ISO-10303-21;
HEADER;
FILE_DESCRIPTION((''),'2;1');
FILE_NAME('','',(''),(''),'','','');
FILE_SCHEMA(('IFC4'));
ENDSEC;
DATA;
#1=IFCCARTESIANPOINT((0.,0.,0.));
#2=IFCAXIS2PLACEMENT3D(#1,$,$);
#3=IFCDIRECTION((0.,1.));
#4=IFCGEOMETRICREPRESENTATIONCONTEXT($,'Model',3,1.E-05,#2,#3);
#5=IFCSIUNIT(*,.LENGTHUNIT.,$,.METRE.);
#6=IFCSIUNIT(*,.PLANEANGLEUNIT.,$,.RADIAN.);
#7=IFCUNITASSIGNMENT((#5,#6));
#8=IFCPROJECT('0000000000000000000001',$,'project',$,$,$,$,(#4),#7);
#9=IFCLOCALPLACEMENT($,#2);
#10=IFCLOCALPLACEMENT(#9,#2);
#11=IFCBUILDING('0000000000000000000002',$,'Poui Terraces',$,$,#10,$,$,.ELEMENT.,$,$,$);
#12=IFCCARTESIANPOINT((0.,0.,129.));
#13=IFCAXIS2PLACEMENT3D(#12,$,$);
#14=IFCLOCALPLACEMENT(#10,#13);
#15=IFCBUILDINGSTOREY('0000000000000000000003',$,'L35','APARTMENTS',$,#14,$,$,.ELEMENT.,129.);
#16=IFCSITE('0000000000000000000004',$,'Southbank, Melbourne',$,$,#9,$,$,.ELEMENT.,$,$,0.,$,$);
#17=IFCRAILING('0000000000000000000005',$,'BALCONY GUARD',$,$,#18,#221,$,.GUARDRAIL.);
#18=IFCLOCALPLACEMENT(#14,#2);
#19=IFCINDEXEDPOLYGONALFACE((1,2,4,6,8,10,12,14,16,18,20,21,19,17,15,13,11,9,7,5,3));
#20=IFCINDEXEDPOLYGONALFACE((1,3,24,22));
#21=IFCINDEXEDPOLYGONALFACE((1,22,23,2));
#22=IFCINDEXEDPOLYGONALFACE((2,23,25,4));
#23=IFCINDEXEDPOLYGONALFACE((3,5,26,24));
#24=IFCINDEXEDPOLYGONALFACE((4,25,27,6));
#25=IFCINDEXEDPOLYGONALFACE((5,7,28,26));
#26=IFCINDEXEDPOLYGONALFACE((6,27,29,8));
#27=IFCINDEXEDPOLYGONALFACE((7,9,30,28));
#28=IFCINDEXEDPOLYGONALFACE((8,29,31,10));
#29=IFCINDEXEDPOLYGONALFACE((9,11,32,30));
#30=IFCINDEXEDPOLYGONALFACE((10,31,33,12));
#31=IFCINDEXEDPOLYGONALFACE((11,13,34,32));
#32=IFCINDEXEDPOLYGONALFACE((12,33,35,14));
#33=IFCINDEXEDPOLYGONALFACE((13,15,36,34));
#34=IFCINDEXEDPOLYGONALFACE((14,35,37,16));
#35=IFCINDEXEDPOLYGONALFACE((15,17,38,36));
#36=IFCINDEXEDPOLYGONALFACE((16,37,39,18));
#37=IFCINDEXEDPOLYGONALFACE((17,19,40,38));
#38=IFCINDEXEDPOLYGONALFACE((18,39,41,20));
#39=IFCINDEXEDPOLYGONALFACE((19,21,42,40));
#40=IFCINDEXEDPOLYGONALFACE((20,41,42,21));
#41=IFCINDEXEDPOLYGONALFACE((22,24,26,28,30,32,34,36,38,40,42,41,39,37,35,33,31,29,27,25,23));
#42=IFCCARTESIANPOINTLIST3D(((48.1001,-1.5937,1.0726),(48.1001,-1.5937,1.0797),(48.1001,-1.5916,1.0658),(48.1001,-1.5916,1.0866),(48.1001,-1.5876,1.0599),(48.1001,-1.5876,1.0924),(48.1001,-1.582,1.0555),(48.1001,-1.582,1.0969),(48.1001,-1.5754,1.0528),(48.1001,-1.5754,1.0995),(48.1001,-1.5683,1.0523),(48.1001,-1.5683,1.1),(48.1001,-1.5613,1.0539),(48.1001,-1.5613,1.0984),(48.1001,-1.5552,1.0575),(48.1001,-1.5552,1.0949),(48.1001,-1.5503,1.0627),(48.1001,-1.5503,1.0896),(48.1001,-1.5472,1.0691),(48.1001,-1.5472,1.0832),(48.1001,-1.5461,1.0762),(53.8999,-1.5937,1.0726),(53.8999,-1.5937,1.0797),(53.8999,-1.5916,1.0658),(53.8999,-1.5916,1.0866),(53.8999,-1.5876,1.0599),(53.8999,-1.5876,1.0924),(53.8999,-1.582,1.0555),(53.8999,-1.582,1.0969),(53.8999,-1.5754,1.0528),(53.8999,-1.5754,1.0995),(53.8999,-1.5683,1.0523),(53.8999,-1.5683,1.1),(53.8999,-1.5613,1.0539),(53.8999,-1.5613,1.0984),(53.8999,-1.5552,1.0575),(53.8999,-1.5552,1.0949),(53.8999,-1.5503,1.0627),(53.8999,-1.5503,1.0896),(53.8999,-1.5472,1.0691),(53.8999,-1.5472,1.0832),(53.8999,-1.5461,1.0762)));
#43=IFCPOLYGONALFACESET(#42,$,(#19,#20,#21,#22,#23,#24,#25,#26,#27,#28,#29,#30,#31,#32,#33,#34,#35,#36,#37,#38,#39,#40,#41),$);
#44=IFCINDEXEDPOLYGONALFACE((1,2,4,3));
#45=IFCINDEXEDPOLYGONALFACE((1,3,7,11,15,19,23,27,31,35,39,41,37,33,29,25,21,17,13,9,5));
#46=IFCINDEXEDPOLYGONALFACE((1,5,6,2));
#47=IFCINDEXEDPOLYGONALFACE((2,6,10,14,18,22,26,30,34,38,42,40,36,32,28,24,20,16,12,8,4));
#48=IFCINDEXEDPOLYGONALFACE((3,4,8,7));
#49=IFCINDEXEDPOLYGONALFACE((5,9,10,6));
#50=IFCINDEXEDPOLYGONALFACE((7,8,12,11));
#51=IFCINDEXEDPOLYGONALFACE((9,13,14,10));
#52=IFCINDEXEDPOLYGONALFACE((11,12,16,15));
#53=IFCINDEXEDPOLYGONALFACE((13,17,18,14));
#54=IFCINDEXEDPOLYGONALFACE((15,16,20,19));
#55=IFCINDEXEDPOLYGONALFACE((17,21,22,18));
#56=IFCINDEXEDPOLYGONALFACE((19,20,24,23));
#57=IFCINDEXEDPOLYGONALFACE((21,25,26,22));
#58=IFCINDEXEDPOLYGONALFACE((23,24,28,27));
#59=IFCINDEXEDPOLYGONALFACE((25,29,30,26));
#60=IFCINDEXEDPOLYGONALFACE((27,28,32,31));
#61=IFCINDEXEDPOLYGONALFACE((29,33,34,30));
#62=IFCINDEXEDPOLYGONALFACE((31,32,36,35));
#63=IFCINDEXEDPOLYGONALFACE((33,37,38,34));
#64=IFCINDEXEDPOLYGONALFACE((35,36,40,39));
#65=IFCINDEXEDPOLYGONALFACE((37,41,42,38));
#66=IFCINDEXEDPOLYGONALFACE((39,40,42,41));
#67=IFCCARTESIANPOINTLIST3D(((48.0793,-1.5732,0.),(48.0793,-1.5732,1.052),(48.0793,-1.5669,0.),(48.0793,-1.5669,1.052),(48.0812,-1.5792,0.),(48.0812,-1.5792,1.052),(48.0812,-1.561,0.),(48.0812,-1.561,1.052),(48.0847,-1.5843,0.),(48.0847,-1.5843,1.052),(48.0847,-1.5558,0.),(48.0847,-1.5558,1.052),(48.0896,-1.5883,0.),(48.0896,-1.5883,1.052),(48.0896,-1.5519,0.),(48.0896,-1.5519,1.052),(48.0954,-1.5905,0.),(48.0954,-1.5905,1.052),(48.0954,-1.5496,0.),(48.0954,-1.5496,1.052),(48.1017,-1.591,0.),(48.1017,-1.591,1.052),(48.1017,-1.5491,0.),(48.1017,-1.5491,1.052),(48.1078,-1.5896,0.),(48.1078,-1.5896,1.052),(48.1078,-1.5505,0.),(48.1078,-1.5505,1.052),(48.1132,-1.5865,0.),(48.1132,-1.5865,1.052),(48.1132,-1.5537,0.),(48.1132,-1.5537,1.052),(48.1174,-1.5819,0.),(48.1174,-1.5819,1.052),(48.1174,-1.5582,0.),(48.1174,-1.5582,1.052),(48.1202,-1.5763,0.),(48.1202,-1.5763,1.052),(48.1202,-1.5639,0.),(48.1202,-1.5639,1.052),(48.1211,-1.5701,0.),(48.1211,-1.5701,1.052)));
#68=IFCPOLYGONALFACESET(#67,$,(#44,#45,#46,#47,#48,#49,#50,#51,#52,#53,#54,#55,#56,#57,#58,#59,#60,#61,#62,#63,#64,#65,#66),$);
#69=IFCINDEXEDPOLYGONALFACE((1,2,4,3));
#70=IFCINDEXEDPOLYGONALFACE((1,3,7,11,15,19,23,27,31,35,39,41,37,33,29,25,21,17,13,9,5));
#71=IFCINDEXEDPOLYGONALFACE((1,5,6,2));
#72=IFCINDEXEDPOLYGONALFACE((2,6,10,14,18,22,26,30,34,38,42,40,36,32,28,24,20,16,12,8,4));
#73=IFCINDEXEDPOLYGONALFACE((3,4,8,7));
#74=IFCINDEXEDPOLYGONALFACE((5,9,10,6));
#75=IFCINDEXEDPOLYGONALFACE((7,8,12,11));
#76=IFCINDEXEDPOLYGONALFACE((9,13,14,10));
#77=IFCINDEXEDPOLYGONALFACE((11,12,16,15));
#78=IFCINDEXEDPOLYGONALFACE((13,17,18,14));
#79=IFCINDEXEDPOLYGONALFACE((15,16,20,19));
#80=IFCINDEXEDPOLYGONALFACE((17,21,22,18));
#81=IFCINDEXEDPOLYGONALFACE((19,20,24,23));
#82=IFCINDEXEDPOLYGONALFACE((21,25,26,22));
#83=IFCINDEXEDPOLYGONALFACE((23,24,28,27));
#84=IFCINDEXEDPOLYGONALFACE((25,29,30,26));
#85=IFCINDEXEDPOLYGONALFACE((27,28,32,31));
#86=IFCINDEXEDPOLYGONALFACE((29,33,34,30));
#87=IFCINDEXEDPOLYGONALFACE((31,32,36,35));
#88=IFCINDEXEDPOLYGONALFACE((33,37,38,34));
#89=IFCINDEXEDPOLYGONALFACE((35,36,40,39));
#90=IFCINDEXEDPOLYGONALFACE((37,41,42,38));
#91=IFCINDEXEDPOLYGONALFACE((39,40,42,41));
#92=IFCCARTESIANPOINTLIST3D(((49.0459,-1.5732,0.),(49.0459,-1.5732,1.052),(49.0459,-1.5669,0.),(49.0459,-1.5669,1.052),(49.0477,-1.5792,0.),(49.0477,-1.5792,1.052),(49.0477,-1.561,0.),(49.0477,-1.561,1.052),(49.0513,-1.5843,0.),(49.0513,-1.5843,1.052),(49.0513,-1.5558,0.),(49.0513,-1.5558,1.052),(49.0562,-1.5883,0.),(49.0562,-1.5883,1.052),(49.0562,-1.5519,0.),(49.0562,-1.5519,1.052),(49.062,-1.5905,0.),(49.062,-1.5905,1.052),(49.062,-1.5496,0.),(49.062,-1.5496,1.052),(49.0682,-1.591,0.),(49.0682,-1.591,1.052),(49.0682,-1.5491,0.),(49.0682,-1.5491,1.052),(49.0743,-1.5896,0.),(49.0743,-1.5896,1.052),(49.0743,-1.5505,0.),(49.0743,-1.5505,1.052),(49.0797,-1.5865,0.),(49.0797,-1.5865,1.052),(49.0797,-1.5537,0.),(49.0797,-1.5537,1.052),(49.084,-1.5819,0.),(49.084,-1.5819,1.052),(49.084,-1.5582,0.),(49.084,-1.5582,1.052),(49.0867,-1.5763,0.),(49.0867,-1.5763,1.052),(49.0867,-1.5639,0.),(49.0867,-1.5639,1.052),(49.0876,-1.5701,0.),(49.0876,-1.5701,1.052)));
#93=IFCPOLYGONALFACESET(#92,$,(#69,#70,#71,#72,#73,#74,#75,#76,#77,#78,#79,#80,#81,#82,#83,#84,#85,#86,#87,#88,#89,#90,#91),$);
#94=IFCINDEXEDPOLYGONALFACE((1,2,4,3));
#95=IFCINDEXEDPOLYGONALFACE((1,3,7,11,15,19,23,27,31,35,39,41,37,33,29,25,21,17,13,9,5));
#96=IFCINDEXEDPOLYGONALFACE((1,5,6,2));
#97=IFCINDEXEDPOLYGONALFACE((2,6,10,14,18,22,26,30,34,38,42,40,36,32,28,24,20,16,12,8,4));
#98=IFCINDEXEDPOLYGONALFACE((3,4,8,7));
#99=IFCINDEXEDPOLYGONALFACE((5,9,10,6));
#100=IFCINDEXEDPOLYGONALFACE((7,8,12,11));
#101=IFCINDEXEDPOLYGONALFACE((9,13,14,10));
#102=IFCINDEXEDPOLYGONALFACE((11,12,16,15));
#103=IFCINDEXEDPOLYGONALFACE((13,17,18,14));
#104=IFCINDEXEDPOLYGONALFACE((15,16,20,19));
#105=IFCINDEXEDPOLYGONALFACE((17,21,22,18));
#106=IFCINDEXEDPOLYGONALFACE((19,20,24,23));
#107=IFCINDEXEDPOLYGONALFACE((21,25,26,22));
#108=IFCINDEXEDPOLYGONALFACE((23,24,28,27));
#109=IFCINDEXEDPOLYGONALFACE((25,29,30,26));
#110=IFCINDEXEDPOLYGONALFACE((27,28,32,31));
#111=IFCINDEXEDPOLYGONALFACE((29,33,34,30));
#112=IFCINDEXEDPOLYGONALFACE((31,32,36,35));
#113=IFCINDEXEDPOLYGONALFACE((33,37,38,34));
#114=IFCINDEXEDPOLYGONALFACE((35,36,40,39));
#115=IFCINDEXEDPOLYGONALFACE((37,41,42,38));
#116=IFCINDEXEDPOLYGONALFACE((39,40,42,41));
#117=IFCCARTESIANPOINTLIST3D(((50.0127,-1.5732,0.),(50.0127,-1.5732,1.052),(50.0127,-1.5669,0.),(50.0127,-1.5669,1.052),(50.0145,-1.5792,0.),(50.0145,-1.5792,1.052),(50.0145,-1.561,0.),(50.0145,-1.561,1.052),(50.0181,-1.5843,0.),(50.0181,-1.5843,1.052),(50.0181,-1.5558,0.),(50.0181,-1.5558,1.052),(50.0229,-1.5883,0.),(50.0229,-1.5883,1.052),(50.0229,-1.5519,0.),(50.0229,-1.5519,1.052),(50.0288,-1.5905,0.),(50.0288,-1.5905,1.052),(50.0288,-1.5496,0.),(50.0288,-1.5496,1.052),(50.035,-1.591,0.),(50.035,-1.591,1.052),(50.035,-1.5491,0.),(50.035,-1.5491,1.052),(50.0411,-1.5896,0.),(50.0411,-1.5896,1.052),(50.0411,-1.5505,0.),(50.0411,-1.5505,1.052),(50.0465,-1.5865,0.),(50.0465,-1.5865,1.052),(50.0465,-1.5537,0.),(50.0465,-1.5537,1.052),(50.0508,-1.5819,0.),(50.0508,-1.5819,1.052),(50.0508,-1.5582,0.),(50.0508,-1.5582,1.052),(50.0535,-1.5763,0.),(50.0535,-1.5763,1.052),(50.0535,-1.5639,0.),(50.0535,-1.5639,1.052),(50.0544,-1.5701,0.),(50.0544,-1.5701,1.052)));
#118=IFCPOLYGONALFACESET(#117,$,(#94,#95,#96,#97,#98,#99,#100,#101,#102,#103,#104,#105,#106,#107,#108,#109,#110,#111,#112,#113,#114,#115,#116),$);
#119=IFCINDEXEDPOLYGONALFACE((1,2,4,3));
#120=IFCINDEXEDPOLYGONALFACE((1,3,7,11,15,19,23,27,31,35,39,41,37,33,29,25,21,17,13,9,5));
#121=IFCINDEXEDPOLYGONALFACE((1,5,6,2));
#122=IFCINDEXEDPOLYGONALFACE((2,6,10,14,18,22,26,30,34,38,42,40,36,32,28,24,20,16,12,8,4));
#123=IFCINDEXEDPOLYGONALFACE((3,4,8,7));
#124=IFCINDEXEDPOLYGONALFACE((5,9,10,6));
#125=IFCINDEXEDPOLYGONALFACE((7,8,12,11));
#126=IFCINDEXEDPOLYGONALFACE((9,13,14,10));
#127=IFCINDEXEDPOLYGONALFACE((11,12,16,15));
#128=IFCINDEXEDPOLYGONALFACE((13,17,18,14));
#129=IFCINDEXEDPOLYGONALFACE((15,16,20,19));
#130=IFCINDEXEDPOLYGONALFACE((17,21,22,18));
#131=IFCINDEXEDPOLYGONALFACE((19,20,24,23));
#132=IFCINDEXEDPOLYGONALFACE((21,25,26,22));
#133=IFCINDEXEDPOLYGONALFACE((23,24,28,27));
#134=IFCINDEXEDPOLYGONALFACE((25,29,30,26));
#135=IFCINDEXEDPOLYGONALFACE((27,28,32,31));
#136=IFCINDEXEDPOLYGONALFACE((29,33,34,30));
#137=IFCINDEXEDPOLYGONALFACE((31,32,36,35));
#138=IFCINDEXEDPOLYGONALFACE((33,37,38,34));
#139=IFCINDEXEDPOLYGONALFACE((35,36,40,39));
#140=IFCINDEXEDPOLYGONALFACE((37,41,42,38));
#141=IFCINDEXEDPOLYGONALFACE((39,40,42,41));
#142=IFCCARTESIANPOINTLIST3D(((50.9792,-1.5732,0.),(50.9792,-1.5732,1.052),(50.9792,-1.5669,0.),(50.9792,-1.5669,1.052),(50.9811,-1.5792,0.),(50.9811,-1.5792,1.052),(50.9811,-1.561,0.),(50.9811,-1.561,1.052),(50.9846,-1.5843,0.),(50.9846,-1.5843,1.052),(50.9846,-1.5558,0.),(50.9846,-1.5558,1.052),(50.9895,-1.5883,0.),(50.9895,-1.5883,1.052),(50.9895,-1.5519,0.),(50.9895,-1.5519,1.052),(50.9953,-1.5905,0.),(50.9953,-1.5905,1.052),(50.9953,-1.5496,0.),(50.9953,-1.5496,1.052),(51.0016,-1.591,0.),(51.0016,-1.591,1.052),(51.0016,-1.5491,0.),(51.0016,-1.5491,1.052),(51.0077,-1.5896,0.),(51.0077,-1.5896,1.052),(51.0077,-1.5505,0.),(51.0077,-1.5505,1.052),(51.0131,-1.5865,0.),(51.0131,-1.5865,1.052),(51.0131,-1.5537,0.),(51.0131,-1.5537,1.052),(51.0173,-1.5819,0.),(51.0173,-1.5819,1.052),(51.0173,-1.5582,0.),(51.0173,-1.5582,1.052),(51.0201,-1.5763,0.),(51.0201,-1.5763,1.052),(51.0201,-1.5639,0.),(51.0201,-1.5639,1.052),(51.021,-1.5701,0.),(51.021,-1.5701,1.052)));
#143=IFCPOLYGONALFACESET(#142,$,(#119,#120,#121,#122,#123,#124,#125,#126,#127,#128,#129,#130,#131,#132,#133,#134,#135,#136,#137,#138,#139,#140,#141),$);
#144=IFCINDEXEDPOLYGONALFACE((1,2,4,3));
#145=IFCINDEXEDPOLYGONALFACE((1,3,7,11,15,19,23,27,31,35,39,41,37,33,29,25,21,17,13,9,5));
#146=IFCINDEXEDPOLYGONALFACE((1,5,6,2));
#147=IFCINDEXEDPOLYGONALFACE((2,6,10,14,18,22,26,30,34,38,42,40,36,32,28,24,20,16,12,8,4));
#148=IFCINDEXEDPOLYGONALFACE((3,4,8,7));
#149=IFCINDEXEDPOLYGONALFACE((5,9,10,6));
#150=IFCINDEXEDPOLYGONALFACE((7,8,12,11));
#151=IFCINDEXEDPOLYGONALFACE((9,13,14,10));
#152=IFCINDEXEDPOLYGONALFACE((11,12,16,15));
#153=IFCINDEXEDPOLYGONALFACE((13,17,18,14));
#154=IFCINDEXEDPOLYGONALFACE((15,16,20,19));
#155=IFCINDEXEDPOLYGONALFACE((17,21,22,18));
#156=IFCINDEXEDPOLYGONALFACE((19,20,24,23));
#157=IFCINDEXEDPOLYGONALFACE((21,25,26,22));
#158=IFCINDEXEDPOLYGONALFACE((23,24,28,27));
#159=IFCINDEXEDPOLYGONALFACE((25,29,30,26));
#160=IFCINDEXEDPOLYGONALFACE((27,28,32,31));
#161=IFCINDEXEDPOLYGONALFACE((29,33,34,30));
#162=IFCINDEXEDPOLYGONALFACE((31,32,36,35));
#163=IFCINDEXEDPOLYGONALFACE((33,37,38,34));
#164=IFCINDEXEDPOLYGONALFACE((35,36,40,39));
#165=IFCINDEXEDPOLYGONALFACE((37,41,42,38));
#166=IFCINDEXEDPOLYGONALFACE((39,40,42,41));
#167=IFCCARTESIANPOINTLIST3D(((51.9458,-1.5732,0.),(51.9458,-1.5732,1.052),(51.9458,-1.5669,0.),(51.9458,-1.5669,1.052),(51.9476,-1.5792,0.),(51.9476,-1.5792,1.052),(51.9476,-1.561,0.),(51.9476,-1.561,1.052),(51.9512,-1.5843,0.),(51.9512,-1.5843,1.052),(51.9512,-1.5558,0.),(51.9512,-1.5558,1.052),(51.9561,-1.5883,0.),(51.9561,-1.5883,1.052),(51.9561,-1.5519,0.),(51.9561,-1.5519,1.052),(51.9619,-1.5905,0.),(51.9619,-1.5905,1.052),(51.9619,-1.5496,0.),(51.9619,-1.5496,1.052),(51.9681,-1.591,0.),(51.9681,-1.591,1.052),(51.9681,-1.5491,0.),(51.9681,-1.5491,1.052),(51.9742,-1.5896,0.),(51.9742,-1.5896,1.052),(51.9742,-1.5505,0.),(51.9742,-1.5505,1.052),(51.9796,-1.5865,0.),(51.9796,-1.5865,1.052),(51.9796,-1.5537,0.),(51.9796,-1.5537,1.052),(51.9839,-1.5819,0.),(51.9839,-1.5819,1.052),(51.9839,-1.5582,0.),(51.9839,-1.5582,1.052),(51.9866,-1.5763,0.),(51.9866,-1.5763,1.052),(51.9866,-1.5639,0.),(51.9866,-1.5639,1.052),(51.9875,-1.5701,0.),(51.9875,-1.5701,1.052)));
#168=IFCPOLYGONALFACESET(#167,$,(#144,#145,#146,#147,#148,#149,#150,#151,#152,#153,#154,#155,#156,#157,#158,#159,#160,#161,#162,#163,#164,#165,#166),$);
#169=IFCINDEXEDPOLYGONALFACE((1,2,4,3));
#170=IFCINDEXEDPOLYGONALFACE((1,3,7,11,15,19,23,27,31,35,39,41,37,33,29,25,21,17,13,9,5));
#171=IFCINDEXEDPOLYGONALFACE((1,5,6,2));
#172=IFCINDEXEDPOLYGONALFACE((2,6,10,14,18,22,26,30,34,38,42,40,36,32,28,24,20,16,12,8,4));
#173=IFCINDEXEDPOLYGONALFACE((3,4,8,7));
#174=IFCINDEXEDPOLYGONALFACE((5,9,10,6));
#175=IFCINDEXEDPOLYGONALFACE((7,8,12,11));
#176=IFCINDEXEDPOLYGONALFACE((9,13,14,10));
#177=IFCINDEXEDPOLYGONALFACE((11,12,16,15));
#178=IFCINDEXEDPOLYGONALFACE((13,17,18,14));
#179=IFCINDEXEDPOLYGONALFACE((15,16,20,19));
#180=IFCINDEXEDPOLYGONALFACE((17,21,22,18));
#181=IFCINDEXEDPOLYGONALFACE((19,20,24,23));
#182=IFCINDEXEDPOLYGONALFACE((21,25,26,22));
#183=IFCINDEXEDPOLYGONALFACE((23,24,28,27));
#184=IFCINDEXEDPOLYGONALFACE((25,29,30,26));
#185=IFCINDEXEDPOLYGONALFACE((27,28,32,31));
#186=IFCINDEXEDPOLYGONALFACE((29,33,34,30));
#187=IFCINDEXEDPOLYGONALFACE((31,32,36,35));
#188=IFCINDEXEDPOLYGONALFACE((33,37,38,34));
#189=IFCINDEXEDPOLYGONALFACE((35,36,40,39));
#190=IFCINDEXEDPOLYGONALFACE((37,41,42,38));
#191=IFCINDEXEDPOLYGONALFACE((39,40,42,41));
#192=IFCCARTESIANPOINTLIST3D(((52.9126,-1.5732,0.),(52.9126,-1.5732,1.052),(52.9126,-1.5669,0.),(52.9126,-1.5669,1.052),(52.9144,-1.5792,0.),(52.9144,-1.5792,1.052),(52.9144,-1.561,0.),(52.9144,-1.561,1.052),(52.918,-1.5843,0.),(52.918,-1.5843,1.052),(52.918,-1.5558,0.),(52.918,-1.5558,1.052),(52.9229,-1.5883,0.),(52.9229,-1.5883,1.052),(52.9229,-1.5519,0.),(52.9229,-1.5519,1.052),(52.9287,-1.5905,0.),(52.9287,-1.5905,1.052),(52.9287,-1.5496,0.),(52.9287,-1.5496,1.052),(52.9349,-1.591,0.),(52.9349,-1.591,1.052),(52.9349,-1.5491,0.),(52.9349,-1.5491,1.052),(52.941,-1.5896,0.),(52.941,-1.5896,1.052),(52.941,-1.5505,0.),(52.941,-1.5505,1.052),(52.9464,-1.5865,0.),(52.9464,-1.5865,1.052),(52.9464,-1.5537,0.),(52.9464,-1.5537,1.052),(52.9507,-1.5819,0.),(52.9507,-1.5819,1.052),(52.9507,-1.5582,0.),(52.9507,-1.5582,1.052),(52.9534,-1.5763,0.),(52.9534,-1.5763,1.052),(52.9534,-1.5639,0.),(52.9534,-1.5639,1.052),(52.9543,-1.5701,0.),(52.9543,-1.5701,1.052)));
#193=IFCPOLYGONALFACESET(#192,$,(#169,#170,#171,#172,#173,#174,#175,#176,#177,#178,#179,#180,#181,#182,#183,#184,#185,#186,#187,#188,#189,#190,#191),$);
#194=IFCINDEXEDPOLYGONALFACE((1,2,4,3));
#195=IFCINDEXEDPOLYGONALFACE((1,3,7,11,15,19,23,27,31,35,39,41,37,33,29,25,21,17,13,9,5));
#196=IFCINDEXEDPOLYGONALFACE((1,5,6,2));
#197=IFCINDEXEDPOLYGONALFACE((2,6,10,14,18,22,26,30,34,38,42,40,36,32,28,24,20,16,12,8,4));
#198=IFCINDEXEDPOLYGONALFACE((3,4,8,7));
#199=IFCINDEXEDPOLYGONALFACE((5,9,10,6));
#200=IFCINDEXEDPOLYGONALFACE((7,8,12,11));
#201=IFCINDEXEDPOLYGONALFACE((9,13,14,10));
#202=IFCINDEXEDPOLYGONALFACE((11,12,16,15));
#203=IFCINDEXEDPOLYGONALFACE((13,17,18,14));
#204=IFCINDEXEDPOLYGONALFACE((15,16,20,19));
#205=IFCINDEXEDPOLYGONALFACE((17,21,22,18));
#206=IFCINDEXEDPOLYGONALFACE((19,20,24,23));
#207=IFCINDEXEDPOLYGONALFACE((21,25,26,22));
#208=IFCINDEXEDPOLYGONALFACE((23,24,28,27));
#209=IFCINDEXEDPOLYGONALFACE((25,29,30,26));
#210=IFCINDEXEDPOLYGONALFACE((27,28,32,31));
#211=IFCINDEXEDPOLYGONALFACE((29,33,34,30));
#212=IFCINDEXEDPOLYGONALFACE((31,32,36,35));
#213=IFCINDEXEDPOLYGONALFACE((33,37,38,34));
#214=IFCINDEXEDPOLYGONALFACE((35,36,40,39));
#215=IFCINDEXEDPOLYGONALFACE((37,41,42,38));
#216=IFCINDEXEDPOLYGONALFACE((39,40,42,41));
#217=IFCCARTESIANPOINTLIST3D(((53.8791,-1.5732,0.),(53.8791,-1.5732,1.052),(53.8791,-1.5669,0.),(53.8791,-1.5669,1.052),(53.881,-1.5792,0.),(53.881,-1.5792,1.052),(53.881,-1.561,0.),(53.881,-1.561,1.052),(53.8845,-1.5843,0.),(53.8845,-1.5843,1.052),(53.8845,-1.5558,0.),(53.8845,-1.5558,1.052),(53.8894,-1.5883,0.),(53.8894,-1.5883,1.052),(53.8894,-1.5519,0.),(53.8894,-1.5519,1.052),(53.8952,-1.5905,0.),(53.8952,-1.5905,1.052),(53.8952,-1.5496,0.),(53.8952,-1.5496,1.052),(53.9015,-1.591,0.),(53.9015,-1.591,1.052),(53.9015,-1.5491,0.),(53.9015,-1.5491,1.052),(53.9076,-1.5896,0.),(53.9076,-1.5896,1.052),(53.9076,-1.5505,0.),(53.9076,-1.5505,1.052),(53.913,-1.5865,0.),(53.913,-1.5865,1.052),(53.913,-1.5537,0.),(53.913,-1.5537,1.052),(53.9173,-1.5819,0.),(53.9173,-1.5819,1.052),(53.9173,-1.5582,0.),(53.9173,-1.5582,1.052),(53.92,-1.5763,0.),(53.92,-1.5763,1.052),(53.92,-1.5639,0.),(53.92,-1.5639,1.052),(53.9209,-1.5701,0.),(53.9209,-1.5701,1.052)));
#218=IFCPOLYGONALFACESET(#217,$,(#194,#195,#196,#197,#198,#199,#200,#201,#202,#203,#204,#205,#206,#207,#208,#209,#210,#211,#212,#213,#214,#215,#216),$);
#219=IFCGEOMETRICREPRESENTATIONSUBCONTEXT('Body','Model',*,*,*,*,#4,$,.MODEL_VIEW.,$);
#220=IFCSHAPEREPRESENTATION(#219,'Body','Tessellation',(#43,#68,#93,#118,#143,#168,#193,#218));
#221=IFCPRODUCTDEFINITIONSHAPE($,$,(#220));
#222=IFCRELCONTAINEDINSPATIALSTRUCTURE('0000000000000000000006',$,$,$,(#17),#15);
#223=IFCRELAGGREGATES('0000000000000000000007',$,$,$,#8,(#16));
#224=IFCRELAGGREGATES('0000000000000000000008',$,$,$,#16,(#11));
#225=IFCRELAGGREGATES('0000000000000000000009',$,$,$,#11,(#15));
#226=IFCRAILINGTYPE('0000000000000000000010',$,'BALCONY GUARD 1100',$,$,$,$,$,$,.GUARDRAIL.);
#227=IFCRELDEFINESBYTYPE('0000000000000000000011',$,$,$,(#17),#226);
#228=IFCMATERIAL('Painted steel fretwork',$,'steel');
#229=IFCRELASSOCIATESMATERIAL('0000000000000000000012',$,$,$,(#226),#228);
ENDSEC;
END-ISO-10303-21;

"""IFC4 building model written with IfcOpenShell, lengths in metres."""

from ifc_helpers import new_model, si_unit, direction, frame, origin, origin_2d, place, context, subcontext, project, spatial, circle, extrude, material, type_object, element, save


model = new_model("IFC4")

# Units and contexts
model_context = context("Model", 3, precision=1e-05, world=origin(), true_north=direction((0.0, 1.0)))
body_context = subcontext(model_context, "Body", "Model", "MODEL_VIEW")
ifc_project = project(units=[si_unit("LENGTHUNIT", "METRE"), si_unit("PLANEANGLEUNIT", "RADIAN")], contexts=[model_context])

# Site, building, storey
site_placement = place(None, origin())
site = spatial("IfcSite", under=ifc_project, at=site_placement, Name="Southbank, Melbourne", CompositionType="ELEMENT", RefElevation=0.0)
building_placement = place(site_placement, origin())
building = spatial("IfcBuilding", under=site, at=building_placement, Name="Poui Terraces", CompositionType="ELEMENT")
storey_placement = place(building_placement, frame((0.0, 0.0, 129.0)))
storey = spatial("IfcBuildingStorey", under=building, at=storey_placement, Name="L35", Description="APARTMENTS", CompositionType="ELEMENT", Elevation=129.0)

# Railing
ifc_material_1 = material(Name="Painted steel fretwork", Category="steel")
railing_type = type_object("IfcRailingType", Name="BALCONY GUARD 1100", PredefinedType="GUARDRAIL", material=ifc_material_1)
railing_placement = place(storey_placement, frame((48.1001, -1.5701, 0.0)))
element("IfcRailing", 1, at=railing_placement, inside=storey, type_object=railing_type, Name="BALCONY GUARD", PredefinedType="GUARDRAIL", context=body_context, shape_type="SweptSolid", body=[
    extrude(circle(Radius=0.0239, at=origin_2d()), frame((0.0, 0.0, 1.0762), z_axis=(1.0, 0.0, 0.0), x_axis=(0.0, 1.0, 0.0)), (0.0, 0.0, 1.0), 5.7998),
    extrude(circle(Radius=0.021, at=origin_2d()), origin(), (0.0, 0.0, 1.0), 1.052),
    extrude(circle(Radius=0.021, at=origin_2d()), frame((0.9666, 0.0, 0.0)), (0.0, 0.0, 1.0), 1.052),
    extrude(circle(Radius=0.021, at=origin_2d()), frame((1.9333, 0.0, 0.0)), (0.0, 0.0, 1.0), 1.052),
    extrude(circle(Radius=0.021, at=origin_2d()), frame((2.8999, 0.0, 0.0)), (0.0, 0.0, 1.0), 1.052),
    extrude(circle(Radius=0.021, at=origin_2d()), frame((3.8665, 0.0, 0.0)), (0.0, 0.0, 1.0), 1.052),
    extrude(circle(Radius=0.021, at=origin_2d()), frame((4.8333, 0.0, 0.0)), (0.0, 0.0, 1.0), 1.052),
    extrude(circle(Radius=0.021, at=origin_2d()), frame((5.7998, 0.0, 0.0)), (0.0, 0.0, 1.0), 1.052),
])

save(model, "model.ifc")
